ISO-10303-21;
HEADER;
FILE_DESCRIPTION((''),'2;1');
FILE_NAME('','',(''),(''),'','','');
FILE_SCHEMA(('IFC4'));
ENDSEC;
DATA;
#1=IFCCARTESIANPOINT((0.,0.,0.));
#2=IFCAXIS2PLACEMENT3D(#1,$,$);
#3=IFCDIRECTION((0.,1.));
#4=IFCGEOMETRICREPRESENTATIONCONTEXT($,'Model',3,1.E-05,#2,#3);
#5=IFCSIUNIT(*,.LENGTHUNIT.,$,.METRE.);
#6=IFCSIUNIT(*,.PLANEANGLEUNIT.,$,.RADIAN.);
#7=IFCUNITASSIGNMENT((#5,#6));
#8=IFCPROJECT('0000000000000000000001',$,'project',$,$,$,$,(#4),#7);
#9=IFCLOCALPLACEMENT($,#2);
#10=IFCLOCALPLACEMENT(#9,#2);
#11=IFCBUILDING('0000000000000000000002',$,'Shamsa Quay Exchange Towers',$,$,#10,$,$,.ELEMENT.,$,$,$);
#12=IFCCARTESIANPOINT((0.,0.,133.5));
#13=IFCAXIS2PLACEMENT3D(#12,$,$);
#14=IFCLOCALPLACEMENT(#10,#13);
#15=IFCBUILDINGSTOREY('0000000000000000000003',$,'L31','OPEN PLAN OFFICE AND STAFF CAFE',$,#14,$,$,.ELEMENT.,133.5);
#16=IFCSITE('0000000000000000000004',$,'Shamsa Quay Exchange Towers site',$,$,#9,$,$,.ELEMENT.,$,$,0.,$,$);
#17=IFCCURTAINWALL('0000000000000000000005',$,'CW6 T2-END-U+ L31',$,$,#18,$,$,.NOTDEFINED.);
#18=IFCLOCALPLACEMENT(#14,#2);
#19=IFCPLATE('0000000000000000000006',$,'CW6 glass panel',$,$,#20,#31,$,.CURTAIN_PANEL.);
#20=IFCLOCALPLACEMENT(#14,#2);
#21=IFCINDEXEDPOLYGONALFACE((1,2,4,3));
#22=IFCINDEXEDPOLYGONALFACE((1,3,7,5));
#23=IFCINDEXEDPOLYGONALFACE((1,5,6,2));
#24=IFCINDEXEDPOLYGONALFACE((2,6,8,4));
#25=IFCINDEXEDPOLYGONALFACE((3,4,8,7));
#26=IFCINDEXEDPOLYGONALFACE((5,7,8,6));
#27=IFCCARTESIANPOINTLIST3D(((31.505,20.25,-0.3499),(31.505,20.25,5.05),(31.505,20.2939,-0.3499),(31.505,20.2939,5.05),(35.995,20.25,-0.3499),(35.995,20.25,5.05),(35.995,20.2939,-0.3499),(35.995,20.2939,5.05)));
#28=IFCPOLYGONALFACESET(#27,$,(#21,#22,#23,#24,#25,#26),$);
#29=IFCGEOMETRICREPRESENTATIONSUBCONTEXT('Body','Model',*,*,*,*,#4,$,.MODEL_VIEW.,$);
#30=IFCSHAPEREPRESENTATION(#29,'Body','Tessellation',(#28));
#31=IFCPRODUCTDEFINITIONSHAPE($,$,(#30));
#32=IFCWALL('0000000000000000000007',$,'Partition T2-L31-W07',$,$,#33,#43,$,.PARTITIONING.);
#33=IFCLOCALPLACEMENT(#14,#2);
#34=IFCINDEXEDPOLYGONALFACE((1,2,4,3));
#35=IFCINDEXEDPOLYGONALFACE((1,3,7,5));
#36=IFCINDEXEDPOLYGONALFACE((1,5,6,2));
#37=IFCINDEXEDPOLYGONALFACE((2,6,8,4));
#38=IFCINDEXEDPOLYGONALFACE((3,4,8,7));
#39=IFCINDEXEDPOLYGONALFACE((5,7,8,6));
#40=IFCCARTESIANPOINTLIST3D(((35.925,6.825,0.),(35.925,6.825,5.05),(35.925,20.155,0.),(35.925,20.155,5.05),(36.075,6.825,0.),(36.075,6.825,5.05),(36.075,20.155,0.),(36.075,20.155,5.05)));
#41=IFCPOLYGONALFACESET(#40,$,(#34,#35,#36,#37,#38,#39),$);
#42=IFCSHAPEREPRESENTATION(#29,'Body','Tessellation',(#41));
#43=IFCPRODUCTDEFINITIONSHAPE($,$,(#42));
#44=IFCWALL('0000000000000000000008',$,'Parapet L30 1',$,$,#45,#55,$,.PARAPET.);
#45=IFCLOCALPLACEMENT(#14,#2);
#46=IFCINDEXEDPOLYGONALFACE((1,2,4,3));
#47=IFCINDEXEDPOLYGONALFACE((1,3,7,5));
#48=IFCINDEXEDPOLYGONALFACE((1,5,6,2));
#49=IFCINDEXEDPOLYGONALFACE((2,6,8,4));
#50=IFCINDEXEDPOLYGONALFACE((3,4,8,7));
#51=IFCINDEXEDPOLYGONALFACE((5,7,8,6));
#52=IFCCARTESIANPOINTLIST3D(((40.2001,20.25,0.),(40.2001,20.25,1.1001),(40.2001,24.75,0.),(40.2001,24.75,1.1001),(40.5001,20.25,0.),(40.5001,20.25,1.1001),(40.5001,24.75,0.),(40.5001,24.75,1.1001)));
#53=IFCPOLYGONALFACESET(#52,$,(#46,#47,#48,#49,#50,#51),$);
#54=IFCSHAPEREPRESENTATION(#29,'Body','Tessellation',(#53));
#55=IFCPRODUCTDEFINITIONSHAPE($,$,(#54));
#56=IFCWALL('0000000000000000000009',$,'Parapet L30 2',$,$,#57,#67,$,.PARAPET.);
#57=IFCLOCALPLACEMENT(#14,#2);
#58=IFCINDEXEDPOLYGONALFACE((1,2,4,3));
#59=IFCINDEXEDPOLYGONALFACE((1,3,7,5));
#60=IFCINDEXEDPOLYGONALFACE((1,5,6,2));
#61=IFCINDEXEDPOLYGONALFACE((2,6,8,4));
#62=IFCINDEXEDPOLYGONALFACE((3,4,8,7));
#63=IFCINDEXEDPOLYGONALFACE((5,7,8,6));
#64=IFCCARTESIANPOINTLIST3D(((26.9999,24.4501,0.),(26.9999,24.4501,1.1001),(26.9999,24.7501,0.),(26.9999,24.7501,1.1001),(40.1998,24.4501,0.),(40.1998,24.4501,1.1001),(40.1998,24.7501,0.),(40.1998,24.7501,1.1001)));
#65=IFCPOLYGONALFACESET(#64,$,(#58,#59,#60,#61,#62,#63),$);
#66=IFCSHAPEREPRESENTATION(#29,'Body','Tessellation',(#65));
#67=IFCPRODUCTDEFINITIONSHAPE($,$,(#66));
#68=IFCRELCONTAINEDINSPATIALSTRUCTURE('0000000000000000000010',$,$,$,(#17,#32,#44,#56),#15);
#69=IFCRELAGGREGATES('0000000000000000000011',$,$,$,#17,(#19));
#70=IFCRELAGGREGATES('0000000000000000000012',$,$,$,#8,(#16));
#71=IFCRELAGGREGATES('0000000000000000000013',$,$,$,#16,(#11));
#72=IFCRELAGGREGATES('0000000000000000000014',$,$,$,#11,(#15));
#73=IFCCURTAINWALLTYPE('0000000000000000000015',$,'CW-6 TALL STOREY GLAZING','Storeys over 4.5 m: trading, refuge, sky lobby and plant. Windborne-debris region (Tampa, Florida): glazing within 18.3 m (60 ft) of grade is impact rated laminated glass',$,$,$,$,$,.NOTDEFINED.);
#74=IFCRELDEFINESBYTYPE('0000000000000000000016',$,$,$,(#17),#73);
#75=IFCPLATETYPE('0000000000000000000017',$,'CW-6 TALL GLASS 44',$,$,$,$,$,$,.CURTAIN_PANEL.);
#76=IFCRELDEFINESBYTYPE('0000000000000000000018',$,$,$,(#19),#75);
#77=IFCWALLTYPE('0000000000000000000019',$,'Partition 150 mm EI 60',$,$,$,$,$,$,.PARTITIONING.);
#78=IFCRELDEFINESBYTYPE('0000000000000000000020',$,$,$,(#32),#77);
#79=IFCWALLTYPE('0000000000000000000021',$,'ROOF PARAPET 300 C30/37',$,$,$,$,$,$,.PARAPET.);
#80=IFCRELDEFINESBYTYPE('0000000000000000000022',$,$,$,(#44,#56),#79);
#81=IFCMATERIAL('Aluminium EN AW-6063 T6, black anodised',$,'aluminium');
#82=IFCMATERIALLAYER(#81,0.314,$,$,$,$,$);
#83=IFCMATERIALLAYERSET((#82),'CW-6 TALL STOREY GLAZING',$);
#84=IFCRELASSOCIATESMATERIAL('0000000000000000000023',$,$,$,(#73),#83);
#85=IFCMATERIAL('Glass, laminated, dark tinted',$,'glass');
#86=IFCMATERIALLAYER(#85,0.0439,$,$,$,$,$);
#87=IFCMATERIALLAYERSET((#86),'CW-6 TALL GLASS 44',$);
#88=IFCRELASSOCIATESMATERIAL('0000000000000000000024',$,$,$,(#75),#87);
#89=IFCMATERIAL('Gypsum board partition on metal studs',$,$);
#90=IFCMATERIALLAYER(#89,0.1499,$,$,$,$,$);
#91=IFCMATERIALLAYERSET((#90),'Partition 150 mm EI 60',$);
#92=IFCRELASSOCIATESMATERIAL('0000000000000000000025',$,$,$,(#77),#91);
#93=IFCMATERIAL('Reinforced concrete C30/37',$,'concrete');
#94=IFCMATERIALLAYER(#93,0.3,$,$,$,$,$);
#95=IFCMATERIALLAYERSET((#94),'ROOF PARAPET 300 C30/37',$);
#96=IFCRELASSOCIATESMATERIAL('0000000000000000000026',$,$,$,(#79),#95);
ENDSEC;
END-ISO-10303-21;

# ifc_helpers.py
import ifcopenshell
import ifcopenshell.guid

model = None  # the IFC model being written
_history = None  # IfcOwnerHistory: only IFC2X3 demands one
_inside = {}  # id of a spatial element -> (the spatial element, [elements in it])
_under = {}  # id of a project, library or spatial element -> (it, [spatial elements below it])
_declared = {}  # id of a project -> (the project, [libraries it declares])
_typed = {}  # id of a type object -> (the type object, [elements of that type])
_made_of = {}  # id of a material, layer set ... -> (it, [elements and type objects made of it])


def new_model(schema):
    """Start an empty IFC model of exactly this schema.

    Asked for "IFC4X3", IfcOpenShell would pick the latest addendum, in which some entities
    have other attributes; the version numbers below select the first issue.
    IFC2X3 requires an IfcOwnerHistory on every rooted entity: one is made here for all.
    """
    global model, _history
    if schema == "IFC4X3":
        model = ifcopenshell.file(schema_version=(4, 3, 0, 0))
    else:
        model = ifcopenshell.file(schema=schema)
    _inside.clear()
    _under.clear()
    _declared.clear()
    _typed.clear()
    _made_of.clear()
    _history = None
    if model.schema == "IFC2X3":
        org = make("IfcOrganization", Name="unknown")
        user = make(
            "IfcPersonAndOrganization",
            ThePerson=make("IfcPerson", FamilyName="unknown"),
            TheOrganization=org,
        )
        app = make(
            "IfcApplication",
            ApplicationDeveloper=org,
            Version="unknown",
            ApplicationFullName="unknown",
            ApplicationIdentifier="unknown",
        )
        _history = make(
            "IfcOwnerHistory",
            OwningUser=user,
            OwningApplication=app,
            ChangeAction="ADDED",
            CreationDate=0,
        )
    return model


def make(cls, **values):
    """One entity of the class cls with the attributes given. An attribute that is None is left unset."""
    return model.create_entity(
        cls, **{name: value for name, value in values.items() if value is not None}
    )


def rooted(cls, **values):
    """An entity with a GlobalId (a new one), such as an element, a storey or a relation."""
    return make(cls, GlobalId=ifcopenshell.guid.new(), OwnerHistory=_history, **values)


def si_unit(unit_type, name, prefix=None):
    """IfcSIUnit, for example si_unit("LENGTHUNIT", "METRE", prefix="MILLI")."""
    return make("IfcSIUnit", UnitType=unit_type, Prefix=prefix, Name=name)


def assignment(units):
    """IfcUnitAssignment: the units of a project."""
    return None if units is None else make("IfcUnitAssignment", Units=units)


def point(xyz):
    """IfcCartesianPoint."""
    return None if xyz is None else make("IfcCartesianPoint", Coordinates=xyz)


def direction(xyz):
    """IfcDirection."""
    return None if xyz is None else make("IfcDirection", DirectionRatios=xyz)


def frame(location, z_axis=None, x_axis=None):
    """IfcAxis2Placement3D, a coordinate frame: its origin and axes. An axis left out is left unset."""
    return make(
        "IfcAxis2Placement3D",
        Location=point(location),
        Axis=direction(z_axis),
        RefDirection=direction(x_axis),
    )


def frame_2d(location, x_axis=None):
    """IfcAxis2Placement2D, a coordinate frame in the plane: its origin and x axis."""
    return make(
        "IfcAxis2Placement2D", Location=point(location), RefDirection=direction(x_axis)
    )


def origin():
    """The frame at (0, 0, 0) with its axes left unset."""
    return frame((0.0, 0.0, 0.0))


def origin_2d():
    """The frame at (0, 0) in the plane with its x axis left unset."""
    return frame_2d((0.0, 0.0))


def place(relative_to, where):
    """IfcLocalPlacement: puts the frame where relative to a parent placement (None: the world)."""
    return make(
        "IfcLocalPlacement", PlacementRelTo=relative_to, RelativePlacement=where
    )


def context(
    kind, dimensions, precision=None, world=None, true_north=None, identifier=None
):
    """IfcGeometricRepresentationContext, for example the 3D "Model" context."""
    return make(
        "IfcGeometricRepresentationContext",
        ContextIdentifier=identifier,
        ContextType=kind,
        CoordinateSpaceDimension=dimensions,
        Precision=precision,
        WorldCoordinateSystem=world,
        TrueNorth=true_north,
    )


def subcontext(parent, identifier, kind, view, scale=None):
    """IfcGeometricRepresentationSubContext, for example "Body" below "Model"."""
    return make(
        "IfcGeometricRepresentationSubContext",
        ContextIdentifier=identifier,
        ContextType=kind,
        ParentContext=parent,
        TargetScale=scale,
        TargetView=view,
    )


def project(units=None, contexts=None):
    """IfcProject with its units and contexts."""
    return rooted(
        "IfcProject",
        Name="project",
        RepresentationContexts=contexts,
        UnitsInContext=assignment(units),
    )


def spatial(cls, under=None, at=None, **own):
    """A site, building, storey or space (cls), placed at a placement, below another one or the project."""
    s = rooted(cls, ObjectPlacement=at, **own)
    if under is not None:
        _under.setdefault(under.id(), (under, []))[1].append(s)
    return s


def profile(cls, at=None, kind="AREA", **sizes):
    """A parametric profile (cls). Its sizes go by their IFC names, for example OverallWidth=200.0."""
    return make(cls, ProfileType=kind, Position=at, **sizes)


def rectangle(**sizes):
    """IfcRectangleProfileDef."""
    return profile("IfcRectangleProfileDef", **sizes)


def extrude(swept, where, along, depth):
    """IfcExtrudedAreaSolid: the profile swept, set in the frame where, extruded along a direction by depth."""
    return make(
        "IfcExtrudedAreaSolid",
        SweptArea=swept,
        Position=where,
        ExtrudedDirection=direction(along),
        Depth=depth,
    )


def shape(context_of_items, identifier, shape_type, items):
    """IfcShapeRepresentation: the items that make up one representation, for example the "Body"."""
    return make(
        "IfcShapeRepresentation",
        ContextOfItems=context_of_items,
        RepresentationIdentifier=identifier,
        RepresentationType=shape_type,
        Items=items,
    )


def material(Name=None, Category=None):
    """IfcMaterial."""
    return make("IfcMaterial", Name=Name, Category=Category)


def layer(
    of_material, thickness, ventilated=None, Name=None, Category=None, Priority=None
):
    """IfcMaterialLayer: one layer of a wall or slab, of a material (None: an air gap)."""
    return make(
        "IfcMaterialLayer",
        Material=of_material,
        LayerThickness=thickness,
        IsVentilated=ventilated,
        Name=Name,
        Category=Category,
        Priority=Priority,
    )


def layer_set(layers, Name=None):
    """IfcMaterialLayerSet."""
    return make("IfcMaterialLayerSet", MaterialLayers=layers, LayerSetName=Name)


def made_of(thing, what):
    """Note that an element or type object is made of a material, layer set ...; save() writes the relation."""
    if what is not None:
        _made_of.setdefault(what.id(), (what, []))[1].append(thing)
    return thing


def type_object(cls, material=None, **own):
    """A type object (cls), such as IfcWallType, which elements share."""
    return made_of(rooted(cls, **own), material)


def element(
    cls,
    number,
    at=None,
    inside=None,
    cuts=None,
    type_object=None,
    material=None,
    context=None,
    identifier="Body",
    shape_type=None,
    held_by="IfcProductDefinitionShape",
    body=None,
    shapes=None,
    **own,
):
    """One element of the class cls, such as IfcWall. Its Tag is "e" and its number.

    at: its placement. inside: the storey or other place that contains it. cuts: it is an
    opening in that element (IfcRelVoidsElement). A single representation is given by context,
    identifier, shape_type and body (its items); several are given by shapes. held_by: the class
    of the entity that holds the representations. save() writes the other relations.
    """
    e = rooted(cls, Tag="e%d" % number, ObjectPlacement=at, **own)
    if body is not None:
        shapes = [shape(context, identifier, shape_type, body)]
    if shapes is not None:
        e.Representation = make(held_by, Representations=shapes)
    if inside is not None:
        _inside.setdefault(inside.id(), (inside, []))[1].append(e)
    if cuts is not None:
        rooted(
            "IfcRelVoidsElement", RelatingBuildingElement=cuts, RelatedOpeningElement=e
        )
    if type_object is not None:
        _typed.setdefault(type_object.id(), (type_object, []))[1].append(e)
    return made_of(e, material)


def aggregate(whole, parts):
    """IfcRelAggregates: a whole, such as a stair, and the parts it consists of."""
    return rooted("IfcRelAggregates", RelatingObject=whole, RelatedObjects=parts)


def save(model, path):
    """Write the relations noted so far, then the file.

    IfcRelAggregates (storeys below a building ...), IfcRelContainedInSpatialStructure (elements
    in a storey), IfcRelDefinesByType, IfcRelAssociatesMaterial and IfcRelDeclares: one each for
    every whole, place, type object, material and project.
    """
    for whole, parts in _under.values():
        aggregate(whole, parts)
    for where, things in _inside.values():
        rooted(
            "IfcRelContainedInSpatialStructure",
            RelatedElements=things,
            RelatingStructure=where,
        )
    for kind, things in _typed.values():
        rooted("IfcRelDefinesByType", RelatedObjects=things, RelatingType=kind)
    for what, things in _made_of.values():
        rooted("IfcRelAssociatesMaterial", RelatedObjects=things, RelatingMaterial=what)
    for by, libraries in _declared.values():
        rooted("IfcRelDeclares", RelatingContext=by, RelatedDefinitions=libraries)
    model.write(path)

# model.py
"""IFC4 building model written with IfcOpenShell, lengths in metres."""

from ifc_helpers import new_model, si_unit, direction, frame, frame_2d, origin, origin_2d, place, context, subcontext, project, spatial, rectangle, extrude, material, layer, layer_set, type_object, element, aggregate, save


model = new_model("IFC4")

# Units and contexts
model_context = context("Model", 3, precision=1e-05, world=origin(), true_north=direction((0.0, 1.0)))
body_context = subcontext(model_context, "Body", "Model", "MODEL_VIEW")
ifc_project = project(units=[si_unit("LENGTHUNIT", "METRE"), si_unit("PLANEANGLEUNIT", "RADIAN")], contexts=[model_context])

# Site, building, storey
site_placement = place(None, origin())
site = spatial("IfcSite", under=ifc_project, at=site_placement, Name="Shamsa Quay Exchange Towers site", CompositionType="ELEMENT", RefElevation=0.0)
building_placement = place(site_placement, origin())
building = spatial("IfcBuilding", under=site, at=building_placement, Name="Shamsa Quay Exchange Towers", CompositionType="ELEMENT")
storey_placement = place(building_placement, frame((0.0, 0.0, 133.5)))
storey = spatial("IfcBuildingStorey", under=building, at=storey_placement, Name="L31", Description="OPEN PLAN OFFICE AND STAFF CAFE", CompositionType="ELEMENT", Elevation=133.5)

# Shared definitions
ifc_material_1 = material(Name="Aluminium EN AW-6063 T6, black anodised", Category="aluminium")
ifc_material_2 = material(Name="Glass, laminated, dark tinted", Category="glass")

# Shared definitions
ifc_layer_1 = layer(ifc_material_1, 0.314)
ifc_layer_set_1 = layer_set([ifc_layer_1], Name="CW-6 TALL STOREY GLAZING")
curtain_wall_type_1 = type_object("IfcCurtainWallType", Name="CW-6 TALL STOREY GLAZING", Description="Storeys over 4.5 m: trading, refuge, sky lobby and plant. Windborne-debris region (Tampa, Florida): glazing within 18.3 m (60 ft) of grade is impact rated laminated glass", PredefinedType="NOTDEFINED", material=ifc_layer_set_1)
ifc_layer_2 = layer(ifc_material_2, 0.0439)
ifc_layer_set_2 = layer_set([ifc_layer_2], Name="CW-6 TALL GLASS 44")
plate_type_1 = type_object("IfcPlateType", Name="CW-6 TALL GLASS 44", PredefinedType="CURTAIN_PANEL", material=ifc_layer_set_2)

# Curtain wall, plate
curtain_wall_1_placement = place(storey_placement, origin())
curtain_wall_1 = element("IfcCurtainWall", 1, at=curtain_wall_1_placement, inside=storey, type_object=curtain_wall_type_1, Name="CW6 T2-END-U+ L31", PredefinedType="NOTDEFINED")
plate_1_placement = place(storey_placement, frame((33.75, 20.272, -0.3499), z_axis=(0.0, 0.0, 1.0), x_axis=(-1.0, 0.0, 0.0)))
plate_1 = element("IfcPlate", 2, at=plate_1_placement, type_object=plate_type_1, Name="CW6 glass panel", PredefinedType="CURTAIN_PANEL", context=body_context, shape_type="SweptSolid", body=[
    extrude(rectangle(XDim=4.49, YDim=0.0439, at=origin_2d()), origin(), (0.0, 0.0, 1.0), 5.3999),
])
aggregate(curtain_wall_1, [plate_1])

# Walls
ifc_material_3 = material(Name="Gypsum board partition on metal studs")
ifc_layer_3 = layer(ifc_material_3, 0.1499)
ifc_layer_set_3 = layer_set([ifc_layer_3], Name="Partition 150 mm EI 60")
wall_type_1 = type_object("IfcWallType", Name="Partition 150 mm EI 60", PredefinedType="PARTITIONING", material=ifc_layer_set_3)
wall_1_placement = place(storey_placement, frame((36.0, 20.155, 0.0), z_axis=(0.0, 0.0, 1.0), x_axis=(0.0, -1.0, 0.0)))
element("IfcWall", 3, at=wall_1_placement, inside=storey, type_object=wall_type_1, Name="Partition T2-L31-W07", PredefinedType="PARTITIONING", context=body_context, shape_type="SweptSolid", body=[
    extrude(rectangle(XDim=13.3301, YDim=0.1499, at=frame_2d((6.665, 0.0))), origin(), (0.0, 0.0, 1.0), 5.05),
])
ifc_material_4 = material(Name="Reinforced concrete C30/37", Category="concrete")
ifc_layer_4 = layer(ifc_material_4, 0.3)
ifc_layer_set_4 = layer_set([ifc_layer_4], Name="ROOF PARAPET 300 C30/37")
wall_type_2 = type_object("IfcWallType", Name="ROOF PARAPET 300 C30/37", PredefinedType="PARAPET", material=ifc_layer_set_4)
wall_2_placement = place(storey_placement, frame((40.3501, 20.25, 0.0), z_axis=(0.0, 0.0, 1.0), x_axis=(0.0, 1.0, 0.0)))
element("IfcWall", 4, at=wall_2_placement, inside=storey, type_object=wall_type_2, Name="Parapet L30 1", PredefinedType="PARAPET", context=body_context, shape_type="SweptSolid", body=[
    extrude(rectangle(XDim=4.5, YDim=0.3, at=frame_2d((2.25, 0.0))), origin(), (0.0, 0.0, 1.0), 1.1001),
])
wall_3_placement = place(storey_placement, frame((40.2, 24.6001, 0.0), z_axis=(0.0, 0.0, 1.0), x_axis=(-1.0, 0.0, 0.0)))
element("IfcWall", 5, at=wall_3_placement, inside=storey, type_object=wall_type_2, Name="Parapet L30 2", PredefinedType="PARAPET", context=body_context, shape_type="SweptSolid", body=[
    extrude(rectangle(XDim=13.2, YDim=0.3, at=frame_2d((6.6001, 0.0))), origin(), (0.0, 0.0, 1.0), 1.1001),
])

save(model, "model.ifc")
